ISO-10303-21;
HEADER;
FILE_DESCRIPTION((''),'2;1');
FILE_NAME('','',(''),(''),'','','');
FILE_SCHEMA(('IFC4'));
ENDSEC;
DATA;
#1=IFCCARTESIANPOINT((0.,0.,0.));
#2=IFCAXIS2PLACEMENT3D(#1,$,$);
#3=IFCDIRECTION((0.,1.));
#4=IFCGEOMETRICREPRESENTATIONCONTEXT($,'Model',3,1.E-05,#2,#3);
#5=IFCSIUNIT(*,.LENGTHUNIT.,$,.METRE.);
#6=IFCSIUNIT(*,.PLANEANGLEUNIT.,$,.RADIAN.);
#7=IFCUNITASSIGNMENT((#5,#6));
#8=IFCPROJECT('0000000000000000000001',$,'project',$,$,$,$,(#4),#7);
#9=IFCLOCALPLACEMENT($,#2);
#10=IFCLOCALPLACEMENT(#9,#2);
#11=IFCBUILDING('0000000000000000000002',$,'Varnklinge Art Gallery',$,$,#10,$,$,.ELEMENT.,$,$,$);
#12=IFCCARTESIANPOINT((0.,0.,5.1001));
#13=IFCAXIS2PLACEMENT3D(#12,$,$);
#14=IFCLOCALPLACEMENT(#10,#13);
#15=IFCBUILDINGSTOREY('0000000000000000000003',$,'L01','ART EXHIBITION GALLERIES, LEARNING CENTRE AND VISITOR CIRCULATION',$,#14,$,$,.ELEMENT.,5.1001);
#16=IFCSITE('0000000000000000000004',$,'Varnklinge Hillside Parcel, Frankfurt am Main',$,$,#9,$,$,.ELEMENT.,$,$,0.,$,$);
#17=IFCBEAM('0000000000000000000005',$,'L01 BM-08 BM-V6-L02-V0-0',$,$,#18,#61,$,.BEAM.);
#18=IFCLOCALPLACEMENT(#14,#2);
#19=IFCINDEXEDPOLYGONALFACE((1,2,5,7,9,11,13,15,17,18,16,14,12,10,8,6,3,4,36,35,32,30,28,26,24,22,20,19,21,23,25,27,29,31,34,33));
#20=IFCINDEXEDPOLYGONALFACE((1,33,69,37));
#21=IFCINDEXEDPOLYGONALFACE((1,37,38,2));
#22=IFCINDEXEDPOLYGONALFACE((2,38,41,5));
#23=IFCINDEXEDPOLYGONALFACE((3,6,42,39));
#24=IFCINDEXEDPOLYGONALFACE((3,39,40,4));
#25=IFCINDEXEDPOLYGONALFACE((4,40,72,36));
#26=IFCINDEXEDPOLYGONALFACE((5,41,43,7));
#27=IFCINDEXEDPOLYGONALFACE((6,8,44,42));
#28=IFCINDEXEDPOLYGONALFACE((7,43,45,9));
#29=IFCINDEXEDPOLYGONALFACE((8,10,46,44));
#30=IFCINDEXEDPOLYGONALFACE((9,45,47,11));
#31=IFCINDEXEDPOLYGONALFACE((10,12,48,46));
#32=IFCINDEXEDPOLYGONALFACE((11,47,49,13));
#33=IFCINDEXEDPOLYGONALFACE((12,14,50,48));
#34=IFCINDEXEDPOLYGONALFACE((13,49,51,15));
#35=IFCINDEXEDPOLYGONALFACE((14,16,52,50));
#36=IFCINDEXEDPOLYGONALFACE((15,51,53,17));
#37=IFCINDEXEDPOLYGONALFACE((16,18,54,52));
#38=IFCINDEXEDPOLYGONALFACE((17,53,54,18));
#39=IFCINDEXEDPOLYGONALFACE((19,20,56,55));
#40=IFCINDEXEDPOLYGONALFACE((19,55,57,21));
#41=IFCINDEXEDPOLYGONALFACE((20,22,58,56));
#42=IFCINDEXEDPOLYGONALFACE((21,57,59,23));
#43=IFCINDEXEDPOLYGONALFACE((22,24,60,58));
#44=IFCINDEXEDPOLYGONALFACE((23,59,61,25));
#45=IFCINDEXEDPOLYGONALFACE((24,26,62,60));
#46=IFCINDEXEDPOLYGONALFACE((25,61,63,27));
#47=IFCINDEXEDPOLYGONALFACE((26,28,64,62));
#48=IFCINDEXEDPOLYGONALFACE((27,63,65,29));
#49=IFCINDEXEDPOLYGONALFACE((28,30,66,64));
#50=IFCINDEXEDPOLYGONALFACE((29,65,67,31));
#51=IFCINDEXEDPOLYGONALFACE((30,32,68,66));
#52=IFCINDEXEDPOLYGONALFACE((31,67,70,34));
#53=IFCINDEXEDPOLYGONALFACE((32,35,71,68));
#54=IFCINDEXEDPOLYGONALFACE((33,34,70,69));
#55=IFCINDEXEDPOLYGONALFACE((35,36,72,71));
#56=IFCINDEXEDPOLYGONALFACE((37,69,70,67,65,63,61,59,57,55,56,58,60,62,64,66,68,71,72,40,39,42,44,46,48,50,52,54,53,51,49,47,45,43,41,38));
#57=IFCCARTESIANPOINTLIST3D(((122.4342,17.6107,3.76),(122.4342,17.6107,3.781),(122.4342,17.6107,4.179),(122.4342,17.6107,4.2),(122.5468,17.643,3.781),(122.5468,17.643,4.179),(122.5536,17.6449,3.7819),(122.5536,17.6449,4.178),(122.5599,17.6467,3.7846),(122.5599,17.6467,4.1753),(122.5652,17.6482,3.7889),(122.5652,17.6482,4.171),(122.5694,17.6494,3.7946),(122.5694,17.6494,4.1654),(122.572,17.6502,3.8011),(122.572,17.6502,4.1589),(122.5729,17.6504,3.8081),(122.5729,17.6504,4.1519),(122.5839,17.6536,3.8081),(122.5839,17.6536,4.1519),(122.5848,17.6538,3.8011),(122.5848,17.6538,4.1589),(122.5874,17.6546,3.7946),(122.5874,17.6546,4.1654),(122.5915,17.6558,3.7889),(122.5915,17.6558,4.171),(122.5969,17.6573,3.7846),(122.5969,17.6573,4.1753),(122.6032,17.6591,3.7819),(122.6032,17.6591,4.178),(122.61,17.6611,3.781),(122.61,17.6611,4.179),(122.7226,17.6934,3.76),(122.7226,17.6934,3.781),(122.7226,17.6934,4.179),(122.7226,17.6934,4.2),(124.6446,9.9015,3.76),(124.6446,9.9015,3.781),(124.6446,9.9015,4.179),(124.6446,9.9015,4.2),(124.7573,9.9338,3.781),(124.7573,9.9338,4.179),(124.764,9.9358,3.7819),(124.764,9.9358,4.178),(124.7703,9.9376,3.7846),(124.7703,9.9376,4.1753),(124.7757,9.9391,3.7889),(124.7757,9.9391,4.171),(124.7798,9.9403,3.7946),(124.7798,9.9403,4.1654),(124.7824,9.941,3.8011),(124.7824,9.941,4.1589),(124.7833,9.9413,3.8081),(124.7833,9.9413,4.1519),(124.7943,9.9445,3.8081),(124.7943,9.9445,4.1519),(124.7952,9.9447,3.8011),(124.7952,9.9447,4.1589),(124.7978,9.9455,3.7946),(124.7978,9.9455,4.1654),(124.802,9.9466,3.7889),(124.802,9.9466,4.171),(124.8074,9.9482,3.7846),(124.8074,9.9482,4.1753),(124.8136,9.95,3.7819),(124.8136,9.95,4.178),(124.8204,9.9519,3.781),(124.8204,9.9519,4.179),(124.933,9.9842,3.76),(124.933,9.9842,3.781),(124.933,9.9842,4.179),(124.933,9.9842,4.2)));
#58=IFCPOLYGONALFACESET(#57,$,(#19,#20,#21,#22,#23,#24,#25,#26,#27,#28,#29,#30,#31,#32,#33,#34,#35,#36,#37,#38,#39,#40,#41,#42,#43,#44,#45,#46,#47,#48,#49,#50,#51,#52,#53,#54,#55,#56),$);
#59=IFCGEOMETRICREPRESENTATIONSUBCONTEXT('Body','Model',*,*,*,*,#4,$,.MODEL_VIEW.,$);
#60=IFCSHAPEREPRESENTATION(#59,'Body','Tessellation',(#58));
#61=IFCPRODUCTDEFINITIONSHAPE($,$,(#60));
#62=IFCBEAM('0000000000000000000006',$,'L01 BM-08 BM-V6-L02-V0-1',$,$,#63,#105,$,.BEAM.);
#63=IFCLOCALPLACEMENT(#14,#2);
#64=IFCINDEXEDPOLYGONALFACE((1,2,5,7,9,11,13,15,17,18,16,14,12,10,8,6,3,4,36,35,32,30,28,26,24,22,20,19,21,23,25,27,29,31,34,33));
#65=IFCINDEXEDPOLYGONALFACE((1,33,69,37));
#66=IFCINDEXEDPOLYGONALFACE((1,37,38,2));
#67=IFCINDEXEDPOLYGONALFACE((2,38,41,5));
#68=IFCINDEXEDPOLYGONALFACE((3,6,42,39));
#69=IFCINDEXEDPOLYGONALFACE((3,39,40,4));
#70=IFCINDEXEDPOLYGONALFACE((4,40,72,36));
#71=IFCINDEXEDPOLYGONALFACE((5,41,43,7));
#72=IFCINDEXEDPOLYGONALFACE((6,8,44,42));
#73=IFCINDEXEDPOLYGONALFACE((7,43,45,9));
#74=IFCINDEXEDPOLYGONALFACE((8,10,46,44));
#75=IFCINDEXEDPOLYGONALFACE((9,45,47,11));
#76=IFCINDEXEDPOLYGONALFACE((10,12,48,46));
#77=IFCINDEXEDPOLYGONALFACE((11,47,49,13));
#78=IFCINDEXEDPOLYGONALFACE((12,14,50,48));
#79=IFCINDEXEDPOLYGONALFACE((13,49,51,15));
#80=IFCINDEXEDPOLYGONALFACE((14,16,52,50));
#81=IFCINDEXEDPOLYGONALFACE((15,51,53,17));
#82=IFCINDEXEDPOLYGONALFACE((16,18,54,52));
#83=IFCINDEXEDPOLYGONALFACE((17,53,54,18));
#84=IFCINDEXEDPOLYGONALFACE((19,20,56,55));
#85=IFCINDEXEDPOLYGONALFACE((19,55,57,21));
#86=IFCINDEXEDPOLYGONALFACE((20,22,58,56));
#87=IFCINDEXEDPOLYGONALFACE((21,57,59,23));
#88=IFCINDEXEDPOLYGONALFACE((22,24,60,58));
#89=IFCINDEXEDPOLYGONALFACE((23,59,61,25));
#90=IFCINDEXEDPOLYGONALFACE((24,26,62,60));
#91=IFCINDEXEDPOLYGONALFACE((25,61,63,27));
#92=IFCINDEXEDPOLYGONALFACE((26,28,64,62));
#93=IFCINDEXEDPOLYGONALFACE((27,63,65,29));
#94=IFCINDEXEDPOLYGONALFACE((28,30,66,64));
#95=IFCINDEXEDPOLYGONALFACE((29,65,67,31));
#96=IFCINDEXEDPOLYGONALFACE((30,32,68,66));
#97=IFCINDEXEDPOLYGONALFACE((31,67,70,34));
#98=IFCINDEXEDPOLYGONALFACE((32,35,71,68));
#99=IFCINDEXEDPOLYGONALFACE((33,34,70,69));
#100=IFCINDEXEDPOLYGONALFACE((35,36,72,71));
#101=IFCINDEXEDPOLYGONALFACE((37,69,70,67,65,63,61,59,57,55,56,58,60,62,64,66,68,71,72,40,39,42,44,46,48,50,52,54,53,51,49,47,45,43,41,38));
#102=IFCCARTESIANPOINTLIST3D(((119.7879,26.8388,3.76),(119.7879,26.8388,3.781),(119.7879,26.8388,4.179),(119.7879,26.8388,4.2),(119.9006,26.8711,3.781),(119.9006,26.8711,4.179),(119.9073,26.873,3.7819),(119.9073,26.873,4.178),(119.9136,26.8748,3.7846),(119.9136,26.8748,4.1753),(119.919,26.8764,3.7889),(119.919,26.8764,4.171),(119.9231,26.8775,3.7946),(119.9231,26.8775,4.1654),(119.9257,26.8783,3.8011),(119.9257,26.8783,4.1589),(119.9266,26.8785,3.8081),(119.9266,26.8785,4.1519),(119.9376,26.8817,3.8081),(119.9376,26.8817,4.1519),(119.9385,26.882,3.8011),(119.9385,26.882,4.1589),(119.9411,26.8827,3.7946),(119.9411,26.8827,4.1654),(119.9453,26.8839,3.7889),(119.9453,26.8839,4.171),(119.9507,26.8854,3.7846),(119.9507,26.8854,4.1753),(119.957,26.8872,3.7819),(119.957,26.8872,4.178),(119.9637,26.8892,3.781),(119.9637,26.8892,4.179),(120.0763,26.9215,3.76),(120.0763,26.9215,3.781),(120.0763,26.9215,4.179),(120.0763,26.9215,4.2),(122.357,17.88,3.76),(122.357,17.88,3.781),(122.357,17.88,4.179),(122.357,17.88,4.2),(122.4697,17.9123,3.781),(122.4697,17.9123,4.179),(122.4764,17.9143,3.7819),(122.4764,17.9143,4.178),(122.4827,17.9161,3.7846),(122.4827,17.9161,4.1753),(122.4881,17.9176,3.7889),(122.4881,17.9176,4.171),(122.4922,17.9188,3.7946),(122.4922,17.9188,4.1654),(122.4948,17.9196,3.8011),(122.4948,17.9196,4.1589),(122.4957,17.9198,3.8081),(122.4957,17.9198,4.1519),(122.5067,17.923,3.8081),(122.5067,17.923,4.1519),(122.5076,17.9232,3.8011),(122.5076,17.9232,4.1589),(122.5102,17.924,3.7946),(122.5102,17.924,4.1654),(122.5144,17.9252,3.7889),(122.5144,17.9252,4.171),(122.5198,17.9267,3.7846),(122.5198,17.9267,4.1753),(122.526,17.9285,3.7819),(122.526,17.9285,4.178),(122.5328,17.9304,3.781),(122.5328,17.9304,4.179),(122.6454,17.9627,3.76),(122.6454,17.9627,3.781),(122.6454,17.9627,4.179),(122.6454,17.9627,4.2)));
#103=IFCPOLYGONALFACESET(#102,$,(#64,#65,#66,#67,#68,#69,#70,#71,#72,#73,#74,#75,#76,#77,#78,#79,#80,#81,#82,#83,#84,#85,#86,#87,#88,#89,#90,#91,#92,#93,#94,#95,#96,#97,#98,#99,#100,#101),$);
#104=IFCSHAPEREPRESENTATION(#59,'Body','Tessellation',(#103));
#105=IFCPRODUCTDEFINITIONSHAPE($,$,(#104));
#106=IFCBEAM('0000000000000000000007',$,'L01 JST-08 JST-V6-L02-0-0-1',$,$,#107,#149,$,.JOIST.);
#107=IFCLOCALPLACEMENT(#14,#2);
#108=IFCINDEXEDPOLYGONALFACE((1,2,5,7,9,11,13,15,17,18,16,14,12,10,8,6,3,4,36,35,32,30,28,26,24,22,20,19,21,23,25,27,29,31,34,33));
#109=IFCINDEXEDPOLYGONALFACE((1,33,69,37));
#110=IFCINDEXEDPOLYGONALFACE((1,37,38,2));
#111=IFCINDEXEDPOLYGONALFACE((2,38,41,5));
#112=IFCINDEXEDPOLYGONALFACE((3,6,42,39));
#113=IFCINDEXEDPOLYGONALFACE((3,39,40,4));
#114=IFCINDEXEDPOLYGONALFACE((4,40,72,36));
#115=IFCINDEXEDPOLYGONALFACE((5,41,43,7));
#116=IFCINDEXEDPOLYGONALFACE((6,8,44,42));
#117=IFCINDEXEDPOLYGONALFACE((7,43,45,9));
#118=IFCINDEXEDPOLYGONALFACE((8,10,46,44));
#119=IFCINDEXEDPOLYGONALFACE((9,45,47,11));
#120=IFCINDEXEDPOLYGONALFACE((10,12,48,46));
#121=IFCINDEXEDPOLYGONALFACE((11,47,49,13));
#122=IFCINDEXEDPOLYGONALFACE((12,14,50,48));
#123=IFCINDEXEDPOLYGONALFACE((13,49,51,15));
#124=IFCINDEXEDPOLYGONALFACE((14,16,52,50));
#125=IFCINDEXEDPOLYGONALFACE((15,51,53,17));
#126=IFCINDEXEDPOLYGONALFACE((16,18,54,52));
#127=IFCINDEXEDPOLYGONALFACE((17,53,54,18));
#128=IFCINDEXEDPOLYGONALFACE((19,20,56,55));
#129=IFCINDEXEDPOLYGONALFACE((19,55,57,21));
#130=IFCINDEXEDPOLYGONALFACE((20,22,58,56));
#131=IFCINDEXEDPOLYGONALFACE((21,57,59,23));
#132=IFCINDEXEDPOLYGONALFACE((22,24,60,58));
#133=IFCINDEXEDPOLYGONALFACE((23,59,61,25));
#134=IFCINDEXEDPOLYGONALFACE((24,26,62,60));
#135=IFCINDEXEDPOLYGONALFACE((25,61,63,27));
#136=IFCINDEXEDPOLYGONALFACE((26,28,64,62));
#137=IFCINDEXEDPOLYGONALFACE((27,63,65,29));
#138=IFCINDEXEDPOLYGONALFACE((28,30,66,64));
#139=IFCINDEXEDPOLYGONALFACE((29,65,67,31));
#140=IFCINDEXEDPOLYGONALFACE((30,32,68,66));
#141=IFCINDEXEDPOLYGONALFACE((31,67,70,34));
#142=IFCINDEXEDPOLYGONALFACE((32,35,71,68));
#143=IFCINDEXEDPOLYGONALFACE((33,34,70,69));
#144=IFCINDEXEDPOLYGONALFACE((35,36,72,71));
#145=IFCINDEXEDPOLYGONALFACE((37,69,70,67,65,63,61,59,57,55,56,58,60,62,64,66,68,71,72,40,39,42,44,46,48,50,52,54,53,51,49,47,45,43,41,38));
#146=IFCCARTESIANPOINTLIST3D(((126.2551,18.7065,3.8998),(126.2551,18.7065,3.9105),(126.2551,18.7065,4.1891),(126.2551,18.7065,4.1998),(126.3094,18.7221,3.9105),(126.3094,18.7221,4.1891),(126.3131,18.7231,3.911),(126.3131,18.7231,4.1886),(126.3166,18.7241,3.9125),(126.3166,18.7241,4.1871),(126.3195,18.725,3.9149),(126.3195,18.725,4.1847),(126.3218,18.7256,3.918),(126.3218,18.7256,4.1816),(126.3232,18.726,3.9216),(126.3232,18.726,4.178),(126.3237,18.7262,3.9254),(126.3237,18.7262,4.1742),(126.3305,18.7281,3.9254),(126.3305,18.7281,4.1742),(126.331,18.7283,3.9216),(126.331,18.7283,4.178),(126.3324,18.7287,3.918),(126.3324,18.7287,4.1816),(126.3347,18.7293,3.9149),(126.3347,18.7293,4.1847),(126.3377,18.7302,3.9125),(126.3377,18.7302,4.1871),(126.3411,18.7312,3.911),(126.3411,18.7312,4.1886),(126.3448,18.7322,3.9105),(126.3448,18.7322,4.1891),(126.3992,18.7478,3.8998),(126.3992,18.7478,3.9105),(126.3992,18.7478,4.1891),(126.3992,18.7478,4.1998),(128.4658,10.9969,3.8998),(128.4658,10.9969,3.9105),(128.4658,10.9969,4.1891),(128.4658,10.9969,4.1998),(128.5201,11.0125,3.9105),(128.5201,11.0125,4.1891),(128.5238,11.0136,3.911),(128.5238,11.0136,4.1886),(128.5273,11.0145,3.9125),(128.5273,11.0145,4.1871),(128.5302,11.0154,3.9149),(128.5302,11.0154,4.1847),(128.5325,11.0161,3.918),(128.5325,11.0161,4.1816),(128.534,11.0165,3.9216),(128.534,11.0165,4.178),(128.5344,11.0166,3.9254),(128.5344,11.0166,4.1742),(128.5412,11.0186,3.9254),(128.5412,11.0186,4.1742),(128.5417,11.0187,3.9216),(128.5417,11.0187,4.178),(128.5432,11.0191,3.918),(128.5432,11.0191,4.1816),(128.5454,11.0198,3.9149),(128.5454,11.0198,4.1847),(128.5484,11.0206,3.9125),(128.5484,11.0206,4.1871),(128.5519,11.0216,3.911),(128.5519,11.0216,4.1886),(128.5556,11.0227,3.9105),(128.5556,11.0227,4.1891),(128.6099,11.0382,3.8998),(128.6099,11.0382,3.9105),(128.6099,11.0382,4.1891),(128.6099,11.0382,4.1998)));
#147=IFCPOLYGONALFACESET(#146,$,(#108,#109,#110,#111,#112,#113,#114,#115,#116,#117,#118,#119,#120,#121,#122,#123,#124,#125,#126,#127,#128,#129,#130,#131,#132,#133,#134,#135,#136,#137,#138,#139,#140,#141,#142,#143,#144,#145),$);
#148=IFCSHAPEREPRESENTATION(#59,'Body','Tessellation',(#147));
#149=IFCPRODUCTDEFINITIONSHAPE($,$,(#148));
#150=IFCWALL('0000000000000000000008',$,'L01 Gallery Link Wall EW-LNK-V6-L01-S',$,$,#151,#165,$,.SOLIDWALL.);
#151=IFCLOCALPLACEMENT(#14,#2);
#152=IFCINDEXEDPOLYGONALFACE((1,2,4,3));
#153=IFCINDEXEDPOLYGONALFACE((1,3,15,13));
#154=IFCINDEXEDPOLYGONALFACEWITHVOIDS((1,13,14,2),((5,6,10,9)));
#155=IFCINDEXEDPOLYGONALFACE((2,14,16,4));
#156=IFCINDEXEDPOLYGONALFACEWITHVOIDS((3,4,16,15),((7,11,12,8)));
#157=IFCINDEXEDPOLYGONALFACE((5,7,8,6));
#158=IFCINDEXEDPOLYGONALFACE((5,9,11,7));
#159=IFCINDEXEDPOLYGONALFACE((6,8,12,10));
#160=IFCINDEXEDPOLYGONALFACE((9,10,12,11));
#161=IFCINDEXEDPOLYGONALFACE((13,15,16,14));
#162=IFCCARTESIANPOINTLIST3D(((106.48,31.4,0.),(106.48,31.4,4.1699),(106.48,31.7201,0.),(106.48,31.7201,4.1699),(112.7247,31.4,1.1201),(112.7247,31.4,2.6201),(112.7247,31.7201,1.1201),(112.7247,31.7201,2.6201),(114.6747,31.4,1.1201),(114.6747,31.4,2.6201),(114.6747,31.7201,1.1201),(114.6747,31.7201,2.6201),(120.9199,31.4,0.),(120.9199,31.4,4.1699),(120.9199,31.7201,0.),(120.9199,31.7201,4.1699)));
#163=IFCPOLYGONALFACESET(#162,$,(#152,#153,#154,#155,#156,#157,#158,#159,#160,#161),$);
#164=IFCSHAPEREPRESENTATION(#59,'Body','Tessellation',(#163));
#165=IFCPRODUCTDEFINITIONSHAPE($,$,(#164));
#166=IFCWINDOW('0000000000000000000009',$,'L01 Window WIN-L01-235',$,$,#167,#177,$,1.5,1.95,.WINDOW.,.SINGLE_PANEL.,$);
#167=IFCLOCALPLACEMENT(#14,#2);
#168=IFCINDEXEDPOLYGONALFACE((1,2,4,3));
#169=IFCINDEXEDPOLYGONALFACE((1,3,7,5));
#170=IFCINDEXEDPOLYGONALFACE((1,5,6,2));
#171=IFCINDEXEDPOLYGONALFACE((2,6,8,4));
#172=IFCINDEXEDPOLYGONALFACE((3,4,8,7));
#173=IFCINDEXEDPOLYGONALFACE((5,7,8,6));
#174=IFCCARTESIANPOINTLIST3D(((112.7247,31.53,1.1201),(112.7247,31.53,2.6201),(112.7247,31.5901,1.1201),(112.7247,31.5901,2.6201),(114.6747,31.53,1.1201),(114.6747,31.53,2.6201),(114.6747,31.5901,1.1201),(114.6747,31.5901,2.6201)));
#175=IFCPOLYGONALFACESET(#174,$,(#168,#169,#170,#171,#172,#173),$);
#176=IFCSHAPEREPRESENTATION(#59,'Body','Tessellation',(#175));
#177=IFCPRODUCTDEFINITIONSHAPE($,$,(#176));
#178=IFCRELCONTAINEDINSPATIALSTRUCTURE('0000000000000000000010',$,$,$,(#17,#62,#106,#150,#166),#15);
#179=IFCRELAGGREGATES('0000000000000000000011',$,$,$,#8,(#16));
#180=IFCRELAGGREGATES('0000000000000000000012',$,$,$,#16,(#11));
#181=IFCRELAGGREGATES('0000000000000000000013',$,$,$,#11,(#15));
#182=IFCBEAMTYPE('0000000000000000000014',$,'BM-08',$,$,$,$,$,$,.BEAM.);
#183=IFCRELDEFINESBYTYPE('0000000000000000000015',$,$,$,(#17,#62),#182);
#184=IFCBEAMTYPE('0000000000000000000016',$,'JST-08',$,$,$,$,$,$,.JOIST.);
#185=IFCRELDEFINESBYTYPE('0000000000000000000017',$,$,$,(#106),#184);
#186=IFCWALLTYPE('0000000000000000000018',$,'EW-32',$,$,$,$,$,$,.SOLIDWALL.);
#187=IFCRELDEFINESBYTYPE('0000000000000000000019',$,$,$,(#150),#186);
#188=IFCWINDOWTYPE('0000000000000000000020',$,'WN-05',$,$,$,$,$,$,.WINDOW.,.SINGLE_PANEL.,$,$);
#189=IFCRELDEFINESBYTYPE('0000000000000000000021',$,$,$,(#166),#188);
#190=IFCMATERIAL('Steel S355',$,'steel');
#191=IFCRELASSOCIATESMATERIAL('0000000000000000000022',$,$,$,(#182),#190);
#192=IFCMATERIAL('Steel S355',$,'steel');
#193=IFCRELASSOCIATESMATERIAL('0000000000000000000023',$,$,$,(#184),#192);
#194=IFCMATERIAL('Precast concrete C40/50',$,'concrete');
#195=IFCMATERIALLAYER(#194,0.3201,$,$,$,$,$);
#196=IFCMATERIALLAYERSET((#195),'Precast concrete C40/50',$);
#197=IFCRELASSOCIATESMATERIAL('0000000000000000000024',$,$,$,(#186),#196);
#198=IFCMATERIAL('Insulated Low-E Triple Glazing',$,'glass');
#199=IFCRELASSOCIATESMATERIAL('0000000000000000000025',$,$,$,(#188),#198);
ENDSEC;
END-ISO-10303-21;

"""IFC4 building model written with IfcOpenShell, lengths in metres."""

from ifc_helpers import new_model, si_unit, direction, frame, frame_2d, origin, origin_2d, place, context, subcontext, project, spatial, rectangle, i_section, extrude, material, layer, layer_set, material_profile, profile_set, type_object, element, fill, save


model = new_model("IFC4")

# Units and contexts
model_context = context("Model", 3, precision=1e-05, world=origin(), true_north=direction((0.0, 1.0)))
body_context = subcontext(model_context, "Body", "Model", "MODEL_VIEW")
ifc_project = project(units=[si_unit("LENGTHUNIT", "METRE"), si_unit("PLANEANGLEUNIT", "RADIAN")], contexts=[model_context])

# Site, building, storey
site_placement = place(None, origin())
site = spatial("IfcSite", under=ifc_project, at=site_placement, Name="Varnklinge Hillside Parcel, Frankfurt am Main", CompositionType="ELEMENT", RefElevation=0.0)
building_placement = place(site_placement, origin())
building = spatial("IfcBuilding", under=site, at=building_placement, Name="Varnklinge Art Gallery", CompositionType="ELEMENT")
storey_placement = place(building_placement, frame((0.0, 0.0, 5.1001)))
storey = spatial("IfcBuildingStorey", under=building, at=storey_placement, Name="L01", Description="ART EXHIBITION GALLERIES, LEARNING CENTRE AND VISITOR CIRCULATION", CompositionType="ELEMENT", Elevation=5.1001)

# Beams
ifc_material_1 = material(Name="Steel S355", Category="steel")
ifc_material_profile_1 = material_profile(ifc_material_1, i_section(OverallWidth=0.3, OverallDepth=0.4399, WebThickness=0.0115, FlangeThickness=0.021, FilletRadius=0.0271, at=origin_2d()), Name="HEA 450")
ifc_profile_set_1 = profile_set([ifc_material_profile_1], Name="Steel S355")
beam_type_1 = type_object("IfcBeamType", Name="BM-08", PredefinedType="BEAM", material=ifc_profile_set_1)
beam_1_placement = place(storey_placement, frame((124.7888, 9.9429, 3.98), z_axis=(-0.275622, 0.961266, 0.0), x_axis=(-0.961266, -0.275622, 0.0)))
element("IfcBeam", 1, at=beam_1_placement, inside=storey, type_object=beam_type_1, Name="L01 BM-08 BM-V6-L02-V0-0", PredefinedType="BEAM", context=body_context, shape_type="SweptSolid", body=[
    extrude(i_section(OverallWidth=0.3, OverallDepth=0.4399, WebThickness=0.0115, FlangeThickness=0.021, FilletRadius=0.0271, at=origin_2d()), origin(), (0.0, 0.0, 1.0), 8.0198),
])
beam_2_placement = place(storey_placement, frame((122.5012, 17.9214, 3.98), z_axis=(-0.275659, 0.961256, 0.0), x_axis=(-0.961256, -0.275659, 0.0)))
element("IfcBeam", 2, at=beam_2_placement, inside=storey, type_object=beam_type_1, Name="L01 BM-08 BM-V6-L02-V0-1", PredefinedType="BEAM", context=body_context, shape_type="SweptSolid", body=[
    extrude(i_section(OverallWidth=0.3, OverallDepth=0.4399, WebThickness=0.0115, FlangeThickness=0.021, FilletRadius=0.0271, at=origin_2d()), origin(), (0.0, 0.0, 1.0), 9.3198),
])
ifc_material_2 = material(Name="Steel S355", Category="steel")
ifc_material_profile_2 = material_profile(ifc_material_2, i_section(OverallWidth=0.1499, OverallDepth=0.3, WebThickness=0.0071, FlangeThickness=0.0107, FilletRadius=0.0149, at=origin_2d()), Name="IPE 300")
ifc_profile_set_2 = profile_set([ifc_material_profile_2], Name="Steel S355")
beam_type_2 = type_object("IfcBeamType", Name="JST-08", PredefinedType="JOIST", material=ifc_profile_set_2)
beam_3_placement = place(storey_placement, frame((128.5378, 11.0176, 4.0498), z_axis=(-0.275642, 0.96126, 0.0), x_axis=(-0.96126, -0.275642, 0.0)))
element("IfcBeam", 3, at=beam_3_placement, inside=storey, type_object=beam_type_2, Name="L01 JST-08 JST-V6-L02-0-0-1", PredefinedType="JOIST", context=body_context, shape_type="SweptSolid", body=[
    extrude(i_section(OverallWidth=0.1499, OverallDepth=0.3, WebThickness=0.0071, FlangeThickness=0.0107, FilletRadius=0.0149, at=origin_2d()), origin(), (0.0, 0.0, 1.0), 8.0203),
])

# Wall, opening, window
ifc_material_3 = material(Name="Precast concrete C40/50", Category="concrete")
ifc_layer_1 = layer(ifc_material_3, 0.3201)
ifc_layer_set_1 = layer_set([ifc_layer_1], Name="Precast concrete C40/50")
wall_type_1 = type_object("IfcWallType", Name="EW-32", PredefinedType="SOLIDWALL", material=ifc_layer_set_1)
wall_1_placement = place(storey_placement, frame((120.9199, 31.5601, 0.0), z_axis=(0.0, 0.0, 1.0), x_axis=(-1.0, 0.0, 0.0)))
wall_1 = element("IfcWall", 4, at=wall_1_placement, inside=storey, type_object=wall_type_1, Name="L01 Gallery Link Wall EW-LNK-V6-L01-S", PredefinedType="SOLIDWALL", context=body_context, shape_type="SweptSolid", body=[
    extrude(rectangle(XDim=14.4399, YDim=0.3201, at=frame_2d((7.22, 0.0))), origin(), (0.0, 0.0, 1.0), 4.1699),
])
opening_1_placement = place(wall_1_placement, frame((6.2451, 0.0, 1.1201)))
opening_1 = element("IfcOpeningElement", 5, at=opening_1_placement, cuts=wall_1, PredefinedType="OPENING", context=body_context, shape_type="SweptSolid", body=[
    extrude(rectangle(XDim=1.95, YDim=1.5, at=frame_2d((0.9751, 0.75))), frame((0.0, 0.1702, 0.0), z_axis=(0.0, -1.0, 0.0), x_axis=(1.0, 0.0, 0.0)), (0.0, 0.0, 1.0), 0.3401),
])
ifc_material_4 = material(Name="Insulated Low-E Triple Glazing", Category="glass")
window_type_1 = type_object("IfcWindowType", Name="WN-05", PartitioningType="SINGLE_PANEL", PredefinedType="WINDOW", material=ifc_material_4)
window_1_placement = place(opening_1_placement, origin())
window_1 = element("IfcWindow", 6, at=window_1_placement, inside=storey, type_object=window_type_1, Name="L01 Window WIN-L01-235", OverallHeight=1.5, OverallWidth=1.95, PartitioningType="SINGLE_PANEL", PredefinedType="WINDOW", context=body_context, shape_type="SweptSolid", body=[
    extrude(rectangle(XDim=1.95, YDim=1.5, at=frame_2d((0.9751, 0.75))), frame((0.0, 0.03, 0.0), z_axis=(0.0, -1.0, 0.0), x_axis=(1.0, 0.0, 0.0)), (0.0, 0.0, 1.0), 0.0601),
])
fill(opening_1, window_1)

save(model, "model.ifc")
